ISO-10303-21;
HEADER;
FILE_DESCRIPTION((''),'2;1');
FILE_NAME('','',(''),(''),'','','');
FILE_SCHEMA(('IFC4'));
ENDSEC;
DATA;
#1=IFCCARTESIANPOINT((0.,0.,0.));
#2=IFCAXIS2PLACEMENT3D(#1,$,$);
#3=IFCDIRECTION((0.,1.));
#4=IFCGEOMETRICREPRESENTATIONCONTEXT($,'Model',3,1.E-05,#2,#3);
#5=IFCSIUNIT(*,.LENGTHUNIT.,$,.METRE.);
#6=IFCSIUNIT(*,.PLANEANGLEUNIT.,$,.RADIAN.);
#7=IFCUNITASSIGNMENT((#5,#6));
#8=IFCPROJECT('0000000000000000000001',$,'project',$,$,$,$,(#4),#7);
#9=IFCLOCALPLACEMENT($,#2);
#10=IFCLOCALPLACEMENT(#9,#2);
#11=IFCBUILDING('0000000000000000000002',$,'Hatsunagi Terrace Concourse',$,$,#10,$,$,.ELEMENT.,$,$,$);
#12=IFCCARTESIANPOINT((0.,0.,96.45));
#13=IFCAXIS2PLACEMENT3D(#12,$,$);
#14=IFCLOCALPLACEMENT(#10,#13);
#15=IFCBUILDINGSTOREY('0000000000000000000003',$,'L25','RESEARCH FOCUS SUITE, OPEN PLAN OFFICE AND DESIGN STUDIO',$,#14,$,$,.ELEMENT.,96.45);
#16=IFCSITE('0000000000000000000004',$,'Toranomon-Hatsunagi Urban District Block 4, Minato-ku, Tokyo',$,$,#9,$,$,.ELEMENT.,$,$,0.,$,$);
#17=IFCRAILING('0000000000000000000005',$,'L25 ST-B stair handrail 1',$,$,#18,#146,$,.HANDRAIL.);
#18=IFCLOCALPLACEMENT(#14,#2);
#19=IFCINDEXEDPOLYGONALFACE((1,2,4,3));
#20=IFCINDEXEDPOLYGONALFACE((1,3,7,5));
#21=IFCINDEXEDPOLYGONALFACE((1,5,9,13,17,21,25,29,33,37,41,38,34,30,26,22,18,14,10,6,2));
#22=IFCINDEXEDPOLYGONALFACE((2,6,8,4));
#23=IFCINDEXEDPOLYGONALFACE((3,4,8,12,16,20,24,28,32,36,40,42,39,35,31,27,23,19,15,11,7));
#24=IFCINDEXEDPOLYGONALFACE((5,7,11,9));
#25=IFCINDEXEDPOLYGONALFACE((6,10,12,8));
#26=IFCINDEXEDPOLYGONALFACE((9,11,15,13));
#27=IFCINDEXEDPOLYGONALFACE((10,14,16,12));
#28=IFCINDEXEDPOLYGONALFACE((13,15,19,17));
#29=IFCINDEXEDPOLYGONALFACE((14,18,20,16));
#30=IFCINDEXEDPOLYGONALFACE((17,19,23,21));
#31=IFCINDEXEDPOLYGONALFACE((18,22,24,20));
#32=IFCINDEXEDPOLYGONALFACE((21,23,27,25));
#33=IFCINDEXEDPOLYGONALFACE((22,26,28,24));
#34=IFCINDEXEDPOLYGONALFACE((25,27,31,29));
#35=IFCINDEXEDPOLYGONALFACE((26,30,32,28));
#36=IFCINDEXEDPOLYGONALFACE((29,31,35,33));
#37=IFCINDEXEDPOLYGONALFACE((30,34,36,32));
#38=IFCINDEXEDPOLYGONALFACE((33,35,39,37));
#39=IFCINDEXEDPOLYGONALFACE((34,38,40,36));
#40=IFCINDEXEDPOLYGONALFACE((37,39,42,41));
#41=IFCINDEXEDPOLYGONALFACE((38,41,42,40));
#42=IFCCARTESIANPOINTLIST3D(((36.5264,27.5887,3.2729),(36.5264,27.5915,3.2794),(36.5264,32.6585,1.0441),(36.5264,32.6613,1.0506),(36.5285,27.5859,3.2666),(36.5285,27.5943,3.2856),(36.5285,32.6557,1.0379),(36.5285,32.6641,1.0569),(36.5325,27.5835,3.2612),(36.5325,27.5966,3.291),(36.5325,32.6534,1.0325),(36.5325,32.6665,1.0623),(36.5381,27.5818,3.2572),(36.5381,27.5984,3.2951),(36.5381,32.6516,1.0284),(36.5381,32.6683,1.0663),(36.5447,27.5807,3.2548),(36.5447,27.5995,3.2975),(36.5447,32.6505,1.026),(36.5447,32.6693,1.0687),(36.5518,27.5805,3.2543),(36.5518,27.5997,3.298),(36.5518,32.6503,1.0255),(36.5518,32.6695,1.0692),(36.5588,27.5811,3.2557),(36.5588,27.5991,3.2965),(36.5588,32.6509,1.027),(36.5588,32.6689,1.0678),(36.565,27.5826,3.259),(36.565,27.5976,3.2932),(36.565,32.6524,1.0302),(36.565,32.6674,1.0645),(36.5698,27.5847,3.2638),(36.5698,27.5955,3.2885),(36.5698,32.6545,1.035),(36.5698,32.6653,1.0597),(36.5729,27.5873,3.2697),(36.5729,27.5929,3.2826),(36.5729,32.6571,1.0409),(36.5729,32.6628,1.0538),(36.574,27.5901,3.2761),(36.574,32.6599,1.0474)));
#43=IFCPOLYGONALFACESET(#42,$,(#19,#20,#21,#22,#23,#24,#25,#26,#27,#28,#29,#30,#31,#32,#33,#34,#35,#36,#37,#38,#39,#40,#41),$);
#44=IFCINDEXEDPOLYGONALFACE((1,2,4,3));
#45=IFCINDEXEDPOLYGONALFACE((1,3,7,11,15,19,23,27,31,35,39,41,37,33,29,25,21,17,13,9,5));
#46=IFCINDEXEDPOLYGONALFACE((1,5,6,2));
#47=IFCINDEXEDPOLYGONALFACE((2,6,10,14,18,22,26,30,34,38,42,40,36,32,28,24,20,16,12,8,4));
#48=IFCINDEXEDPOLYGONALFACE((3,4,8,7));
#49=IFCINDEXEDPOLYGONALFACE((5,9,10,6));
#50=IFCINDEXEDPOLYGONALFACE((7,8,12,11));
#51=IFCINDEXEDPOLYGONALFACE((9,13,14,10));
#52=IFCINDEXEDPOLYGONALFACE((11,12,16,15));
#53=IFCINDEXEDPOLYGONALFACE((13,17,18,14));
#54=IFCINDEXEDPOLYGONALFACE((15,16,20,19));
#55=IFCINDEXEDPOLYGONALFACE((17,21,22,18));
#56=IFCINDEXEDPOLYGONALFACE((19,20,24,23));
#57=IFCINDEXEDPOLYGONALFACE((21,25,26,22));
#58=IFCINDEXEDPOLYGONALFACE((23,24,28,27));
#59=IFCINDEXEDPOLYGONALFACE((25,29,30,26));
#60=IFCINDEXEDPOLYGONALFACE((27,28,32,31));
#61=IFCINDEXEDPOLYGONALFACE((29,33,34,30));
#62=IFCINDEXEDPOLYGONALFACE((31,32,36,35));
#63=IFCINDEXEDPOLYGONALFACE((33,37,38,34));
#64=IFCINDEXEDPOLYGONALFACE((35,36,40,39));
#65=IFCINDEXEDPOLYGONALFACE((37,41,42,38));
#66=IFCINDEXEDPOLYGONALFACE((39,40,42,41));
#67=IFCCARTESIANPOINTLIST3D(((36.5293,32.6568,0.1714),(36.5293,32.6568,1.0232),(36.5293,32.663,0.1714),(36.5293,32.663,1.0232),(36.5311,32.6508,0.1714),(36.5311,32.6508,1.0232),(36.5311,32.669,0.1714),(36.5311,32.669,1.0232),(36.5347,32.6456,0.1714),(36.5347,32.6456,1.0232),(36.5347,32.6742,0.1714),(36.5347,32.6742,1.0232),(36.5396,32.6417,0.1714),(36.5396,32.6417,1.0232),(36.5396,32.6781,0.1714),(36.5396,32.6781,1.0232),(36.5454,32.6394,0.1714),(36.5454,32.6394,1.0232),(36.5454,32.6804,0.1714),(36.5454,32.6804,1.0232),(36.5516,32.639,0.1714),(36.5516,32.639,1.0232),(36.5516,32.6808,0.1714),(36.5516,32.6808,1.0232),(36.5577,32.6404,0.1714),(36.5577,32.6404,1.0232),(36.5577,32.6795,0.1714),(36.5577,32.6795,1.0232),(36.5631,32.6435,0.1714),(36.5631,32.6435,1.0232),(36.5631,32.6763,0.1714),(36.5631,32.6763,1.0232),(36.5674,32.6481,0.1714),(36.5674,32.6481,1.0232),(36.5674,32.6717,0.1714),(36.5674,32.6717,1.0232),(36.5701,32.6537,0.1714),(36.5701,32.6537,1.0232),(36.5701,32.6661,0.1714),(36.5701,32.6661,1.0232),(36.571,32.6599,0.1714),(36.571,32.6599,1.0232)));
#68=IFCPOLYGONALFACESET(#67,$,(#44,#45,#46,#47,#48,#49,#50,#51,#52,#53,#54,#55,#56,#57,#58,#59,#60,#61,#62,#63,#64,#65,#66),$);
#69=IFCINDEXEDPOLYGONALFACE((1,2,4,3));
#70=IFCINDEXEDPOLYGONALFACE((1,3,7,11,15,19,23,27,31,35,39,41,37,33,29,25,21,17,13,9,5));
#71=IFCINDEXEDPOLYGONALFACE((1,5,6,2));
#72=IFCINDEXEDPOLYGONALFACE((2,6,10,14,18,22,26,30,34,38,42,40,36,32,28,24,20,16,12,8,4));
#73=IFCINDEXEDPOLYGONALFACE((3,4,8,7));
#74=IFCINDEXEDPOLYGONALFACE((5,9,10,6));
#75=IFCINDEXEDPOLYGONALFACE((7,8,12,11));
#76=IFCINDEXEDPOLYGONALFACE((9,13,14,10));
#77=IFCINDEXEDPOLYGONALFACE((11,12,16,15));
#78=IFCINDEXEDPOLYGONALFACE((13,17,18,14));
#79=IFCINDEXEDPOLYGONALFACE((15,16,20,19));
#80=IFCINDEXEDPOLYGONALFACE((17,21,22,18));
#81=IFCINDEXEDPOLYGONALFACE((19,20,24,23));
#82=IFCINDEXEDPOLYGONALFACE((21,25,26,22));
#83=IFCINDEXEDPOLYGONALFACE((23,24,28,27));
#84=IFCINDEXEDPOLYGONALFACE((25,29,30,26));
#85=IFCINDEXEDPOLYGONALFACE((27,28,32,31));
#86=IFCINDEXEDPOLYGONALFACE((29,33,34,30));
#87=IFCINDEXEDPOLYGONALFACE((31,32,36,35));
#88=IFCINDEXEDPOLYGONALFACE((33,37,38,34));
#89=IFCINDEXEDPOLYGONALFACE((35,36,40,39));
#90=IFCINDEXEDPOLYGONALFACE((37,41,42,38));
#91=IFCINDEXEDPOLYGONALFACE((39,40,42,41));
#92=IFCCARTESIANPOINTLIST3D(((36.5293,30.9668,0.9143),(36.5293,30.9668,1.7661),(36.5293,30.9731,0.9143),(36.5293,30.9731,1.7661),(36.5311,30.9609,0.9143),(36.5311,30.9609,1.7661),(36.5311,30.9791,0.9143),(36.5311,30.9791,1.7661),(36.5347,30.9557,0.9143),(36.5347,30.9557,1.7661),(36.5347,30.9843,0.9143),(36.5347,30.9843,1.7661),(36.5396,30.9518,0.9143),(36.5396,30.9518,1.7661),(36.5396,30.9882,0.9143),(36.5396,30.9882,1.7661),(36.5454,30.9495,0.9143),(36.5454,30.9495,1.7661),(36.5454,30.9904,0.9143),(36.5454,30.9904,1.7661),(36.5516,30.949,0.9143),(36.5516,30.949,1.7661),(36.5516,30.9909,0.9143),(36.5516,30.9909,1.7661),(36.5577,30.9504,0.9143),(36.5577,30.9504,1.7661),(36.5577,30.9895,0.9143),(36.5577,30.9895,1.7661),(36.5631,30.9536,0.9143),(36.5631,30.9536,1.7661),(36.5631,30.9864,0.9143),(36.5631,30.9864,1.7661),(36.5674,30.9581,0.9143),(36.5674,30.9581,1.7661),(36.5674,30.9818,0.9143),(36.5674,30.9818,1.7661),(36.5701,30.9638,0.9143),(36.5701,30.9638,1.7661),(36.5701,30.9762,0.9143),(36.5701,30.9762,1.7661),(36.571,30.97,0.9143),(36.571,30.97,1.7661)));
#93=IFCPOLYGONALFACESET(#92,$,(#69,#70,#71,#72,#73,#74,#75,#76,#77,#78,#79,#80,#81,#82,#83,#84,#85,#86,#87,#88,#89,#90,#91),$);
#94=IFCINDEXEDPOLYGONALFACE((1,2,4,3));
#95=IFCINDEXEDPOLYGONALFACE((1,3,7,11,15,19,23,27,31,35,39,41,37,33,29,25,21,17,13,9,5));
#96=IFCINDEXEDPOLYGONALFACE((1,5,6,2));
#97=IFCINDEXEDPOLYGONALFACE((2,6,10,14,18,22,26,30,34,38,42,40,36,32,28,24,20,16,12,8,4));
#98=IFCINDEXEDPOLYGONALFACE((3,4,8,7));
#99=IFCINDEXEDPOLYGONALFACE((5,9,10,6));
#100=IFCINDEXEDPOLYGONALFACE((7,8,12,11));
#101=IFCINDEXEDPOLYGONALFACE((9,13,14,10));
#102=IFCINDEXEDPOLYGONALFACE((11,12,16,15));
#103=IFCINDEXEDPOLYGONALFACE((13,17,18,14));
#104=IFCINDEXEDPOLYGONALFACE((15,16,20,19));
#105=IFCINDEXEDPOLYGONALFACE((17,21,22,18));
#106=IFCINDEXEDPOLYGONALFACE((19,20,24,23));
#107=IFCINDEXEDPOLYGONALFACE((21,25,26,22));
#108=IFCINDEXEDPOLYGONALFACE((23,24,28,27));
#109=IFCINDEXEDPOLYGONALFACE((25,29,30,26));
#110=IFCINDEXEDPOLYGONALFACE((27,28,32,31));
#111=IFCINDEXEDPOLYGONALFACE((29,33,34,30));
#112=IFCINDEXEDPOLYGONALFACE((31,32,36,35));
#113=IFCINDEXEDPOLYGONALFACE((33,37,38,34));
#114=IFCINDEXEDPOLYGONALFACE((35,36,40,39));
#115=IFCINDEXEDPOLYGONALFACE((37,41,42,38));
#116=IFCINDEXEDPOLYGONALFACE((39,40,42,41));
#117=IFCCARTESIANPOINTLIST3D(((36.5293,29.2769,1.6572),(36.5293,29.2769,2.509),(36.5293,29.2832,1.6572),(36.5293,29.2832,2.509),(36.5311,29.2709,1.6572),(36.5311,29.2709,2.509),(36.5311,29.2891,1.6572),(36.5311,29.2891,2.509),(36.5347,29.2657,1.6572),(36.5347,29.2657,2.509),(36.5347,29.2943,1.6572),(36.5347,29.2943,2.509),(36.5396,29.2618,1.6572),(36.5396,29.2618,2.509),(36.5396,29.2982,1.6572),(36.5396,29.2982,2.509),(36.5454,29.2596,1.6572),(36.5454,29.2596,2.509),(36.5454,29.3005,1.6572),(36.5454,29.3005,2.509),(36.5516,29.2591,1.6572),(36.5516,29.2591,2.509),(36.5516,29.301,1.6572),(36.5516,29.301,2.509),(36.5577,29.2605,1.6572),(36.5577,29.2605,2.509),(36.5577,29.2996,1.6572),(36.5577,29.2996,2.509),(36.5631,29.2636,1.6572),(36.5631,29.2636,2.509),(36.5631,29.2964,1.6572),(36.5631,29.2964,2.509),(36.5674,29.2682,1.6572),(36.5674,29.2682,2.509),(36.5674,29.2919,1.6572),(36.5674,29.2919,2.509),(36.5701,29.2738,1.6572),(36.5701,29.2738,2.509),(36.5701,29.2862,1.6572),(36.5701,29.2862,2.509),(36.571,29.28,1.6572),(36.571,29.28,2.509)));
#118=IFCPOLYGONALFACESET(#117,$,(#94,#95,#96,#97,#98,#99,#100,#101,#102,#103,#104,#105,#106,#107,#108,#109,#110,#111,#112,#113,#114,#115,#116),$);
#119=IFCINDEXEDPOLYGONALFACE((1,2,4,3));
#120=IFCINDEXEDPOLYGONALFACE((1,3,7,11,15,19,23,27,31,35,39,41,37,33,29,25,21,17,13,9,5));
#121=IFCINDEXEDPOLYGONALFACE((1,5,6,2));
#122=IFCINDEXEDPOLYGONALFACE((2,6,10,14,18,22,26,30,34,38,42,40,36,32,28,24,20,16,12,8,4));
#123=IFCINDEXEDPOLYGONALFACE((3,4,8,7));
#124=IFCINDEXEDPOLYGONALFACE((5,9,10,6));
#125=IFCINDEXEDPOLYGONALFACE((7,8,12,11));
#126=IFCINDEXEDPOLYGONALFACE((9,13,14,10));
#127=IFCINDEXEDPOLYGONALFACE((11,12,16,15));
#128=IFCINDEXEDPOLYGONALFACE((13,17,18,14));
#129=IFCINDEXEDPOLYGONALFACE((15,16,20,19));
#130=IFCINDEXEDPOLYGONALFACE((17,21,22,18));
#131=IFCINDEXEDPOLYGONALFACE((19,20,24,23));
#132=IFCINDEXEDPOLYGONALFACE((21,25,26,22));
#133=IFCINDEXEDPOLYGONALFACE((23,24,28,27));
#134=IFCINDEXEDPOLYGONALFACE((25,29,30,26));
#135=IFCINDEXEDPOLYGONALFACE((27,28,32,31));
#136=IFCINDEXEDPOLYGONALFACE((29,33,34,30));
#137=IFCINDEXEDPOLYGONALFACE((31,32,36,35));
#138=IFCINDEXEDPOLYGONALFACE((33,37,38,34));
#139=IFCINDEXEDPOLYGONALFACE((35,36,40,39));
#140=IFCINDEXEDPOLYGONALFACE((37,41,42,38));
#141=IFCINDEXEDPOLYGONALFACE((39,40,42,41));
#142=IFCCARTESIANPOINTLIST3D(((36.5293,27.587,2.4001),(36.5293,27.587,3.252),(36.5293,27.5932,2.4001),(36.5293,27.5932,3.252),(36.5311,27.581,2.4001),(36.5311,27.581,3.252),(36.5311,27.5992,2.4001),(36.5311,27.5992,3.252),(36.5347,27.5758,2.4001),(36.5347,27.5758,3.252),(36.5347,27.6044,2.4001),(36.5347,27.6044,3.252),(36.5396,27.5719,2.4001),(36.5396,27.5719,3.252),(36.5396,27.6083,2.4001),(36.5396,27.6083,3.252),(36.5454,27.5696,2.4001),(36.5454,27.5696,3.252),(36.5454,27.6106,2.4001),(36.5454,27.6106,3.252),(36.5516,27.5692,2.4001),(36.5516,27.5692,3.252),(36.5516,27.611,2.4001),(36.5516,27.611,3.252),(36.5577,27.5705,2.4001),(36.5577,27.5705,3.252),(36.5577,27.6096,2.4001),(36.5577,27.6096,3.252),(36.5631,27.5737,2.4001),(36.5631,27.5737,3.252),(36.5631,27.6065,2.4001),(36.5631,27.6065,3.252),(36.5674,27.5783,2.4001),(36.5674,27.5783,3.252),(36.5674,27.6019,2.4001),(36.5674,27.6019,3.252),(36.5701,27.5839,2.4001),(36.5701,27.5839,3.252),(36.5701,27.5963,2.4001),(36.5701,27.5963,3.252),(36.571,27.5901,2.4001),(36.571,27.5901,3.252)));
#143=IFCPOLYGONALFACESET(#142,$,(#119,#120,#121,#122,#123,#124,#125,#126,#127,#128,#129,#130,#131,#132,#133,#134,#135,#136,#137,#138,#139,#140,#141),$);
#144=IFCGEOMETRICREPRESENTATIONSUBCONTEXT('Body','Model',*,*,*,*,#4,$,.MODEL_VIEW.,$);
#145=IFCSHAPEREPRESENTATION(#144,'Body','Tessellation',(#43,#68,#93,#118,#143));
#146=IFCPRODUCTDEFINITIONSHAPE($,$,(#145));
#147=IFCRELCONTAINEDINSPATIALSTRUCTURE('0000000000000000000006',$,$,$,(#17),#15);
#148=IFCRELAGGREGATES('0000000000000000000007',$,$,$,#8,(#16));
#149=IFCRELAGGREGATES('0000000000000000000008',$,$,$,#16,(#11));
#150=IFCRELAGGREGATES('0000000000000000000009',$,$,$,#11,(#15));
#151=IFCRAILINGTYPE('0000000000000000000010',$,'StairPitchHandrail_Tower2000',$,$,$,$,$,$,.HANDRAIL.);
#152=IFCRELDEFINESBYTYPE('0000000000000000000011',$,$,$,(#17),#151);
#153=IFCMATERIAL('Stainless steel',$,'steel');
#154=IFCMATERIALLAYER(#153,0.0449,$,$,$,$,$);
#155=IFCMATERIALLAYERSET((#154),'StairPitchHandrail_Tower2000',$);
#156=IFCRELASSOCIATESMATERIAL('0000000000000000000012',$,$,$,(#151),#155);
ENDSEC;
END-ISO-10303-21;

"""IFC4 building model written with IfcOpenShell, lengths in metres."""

from ifc_helpers import new_model, si_unit, direction, frame, origin, origin_2d, place, context, subcontext, project, spatial, circle, extrude, material, layer, layer_set, type_object, element, save


model = new_model("IFC4")

# Units and contexts
model_context = context("Model", 3, precision=1e-05, world=origin(), true_north=direction((0.0, 1.0)))
body_context = subcontext(model_context, "Body", "Model", "MODEL_VIEW")
ifc_project = project(units=[si_unit("LENGTHUNIT", "METRE"), si_unit("PLANEANGLEUNIT", "RADIAN")], contexts=[model_context])

# Site, building, storey
site_placement = place(None, origin())
site = spatial("IfcSite", under=ifc_project, at=site_placement, Name="Toranomon-Hatsunagi Urban District Block 4, Minato-ku, Tokyo", CompositionType="ELEMENT", RefElevation=0.0)
building_placement = place(site_placement, origin())
building = spatial("IfcBuilding", under=site, at=building_placement, Name="Hatsunagi Terrace Concourse", CompositionType="ELEMENT")
storey_placement = place(building_placement, frame((0.0, 0.0, 96.45)))
storey = spatial("IfcBuildingStorey", under=building, at=storey_placement, Name="L25", Description="RESEARCH FOCUS SUITE, OPEN PLAN OFFICE AND DESIGN STUDIO", CompositionType="ELEMENT", Elevation=96.45)

# Railing
ifc_material_1 = material(Name="Stainless steel", Category="steel")
ifc_layer_1 = layer(ifc_material_1, 0.0449)
ifc_layer_set_1 = layer_set([ifc_layer_1], Name="StairPitchHandrail_Tower2000")
railing_type_1 = type_object("IfcRailingType", Name="StairPitchHandrail_Tower2000", PredefinedType="HANDRAIL", material=ifc_layer_set_1)
railing_1_placement = place(storey_placement, frame((36.55, 32.6599, 0.1714)))
element("IfcRailing", 1, at=railing_1_placement, inside=storey, type_object=railing_type_1, Name="L25 ST-B stair handrail 1", PredefinedType="HANDRAIL", context=body_context, shape_type="SweptSolid", body=[
    extrude(circle(Radius=0.0239, at=origin_2d()), frame((0.0, 0.0, 0.876), z_axis=(0.0, -0.915446, 0.402442), x_axis=(1.0, 0.0, 0.0)), (0.0, 0.0, 1.0), 5.5381),
    extrude(circle(Radius=0.021, at=origin_2d()), origin(), (0.0, 0.0, 1.0), 0.8518),
    extrude(circle(Radius=0.021, at=origin_2d()), frame((0.0, -1.6899, 0.7429)), (0.0, 0.0, 1.0), 0.8518),
    extrude(circle(Radius=0.021, at=origin_2d()), frame((0.0, -3.3799, 1.4858)), (0.0, 0.0, 1.0), 0.8518),
    extrude(circle(Radius=0.021, at=origin_2d()), frame((0.0, -5.0698, 2.2288)), (0.0, 0.0, 1.0), 0.8518),
])

save(model, "model.ifc")
